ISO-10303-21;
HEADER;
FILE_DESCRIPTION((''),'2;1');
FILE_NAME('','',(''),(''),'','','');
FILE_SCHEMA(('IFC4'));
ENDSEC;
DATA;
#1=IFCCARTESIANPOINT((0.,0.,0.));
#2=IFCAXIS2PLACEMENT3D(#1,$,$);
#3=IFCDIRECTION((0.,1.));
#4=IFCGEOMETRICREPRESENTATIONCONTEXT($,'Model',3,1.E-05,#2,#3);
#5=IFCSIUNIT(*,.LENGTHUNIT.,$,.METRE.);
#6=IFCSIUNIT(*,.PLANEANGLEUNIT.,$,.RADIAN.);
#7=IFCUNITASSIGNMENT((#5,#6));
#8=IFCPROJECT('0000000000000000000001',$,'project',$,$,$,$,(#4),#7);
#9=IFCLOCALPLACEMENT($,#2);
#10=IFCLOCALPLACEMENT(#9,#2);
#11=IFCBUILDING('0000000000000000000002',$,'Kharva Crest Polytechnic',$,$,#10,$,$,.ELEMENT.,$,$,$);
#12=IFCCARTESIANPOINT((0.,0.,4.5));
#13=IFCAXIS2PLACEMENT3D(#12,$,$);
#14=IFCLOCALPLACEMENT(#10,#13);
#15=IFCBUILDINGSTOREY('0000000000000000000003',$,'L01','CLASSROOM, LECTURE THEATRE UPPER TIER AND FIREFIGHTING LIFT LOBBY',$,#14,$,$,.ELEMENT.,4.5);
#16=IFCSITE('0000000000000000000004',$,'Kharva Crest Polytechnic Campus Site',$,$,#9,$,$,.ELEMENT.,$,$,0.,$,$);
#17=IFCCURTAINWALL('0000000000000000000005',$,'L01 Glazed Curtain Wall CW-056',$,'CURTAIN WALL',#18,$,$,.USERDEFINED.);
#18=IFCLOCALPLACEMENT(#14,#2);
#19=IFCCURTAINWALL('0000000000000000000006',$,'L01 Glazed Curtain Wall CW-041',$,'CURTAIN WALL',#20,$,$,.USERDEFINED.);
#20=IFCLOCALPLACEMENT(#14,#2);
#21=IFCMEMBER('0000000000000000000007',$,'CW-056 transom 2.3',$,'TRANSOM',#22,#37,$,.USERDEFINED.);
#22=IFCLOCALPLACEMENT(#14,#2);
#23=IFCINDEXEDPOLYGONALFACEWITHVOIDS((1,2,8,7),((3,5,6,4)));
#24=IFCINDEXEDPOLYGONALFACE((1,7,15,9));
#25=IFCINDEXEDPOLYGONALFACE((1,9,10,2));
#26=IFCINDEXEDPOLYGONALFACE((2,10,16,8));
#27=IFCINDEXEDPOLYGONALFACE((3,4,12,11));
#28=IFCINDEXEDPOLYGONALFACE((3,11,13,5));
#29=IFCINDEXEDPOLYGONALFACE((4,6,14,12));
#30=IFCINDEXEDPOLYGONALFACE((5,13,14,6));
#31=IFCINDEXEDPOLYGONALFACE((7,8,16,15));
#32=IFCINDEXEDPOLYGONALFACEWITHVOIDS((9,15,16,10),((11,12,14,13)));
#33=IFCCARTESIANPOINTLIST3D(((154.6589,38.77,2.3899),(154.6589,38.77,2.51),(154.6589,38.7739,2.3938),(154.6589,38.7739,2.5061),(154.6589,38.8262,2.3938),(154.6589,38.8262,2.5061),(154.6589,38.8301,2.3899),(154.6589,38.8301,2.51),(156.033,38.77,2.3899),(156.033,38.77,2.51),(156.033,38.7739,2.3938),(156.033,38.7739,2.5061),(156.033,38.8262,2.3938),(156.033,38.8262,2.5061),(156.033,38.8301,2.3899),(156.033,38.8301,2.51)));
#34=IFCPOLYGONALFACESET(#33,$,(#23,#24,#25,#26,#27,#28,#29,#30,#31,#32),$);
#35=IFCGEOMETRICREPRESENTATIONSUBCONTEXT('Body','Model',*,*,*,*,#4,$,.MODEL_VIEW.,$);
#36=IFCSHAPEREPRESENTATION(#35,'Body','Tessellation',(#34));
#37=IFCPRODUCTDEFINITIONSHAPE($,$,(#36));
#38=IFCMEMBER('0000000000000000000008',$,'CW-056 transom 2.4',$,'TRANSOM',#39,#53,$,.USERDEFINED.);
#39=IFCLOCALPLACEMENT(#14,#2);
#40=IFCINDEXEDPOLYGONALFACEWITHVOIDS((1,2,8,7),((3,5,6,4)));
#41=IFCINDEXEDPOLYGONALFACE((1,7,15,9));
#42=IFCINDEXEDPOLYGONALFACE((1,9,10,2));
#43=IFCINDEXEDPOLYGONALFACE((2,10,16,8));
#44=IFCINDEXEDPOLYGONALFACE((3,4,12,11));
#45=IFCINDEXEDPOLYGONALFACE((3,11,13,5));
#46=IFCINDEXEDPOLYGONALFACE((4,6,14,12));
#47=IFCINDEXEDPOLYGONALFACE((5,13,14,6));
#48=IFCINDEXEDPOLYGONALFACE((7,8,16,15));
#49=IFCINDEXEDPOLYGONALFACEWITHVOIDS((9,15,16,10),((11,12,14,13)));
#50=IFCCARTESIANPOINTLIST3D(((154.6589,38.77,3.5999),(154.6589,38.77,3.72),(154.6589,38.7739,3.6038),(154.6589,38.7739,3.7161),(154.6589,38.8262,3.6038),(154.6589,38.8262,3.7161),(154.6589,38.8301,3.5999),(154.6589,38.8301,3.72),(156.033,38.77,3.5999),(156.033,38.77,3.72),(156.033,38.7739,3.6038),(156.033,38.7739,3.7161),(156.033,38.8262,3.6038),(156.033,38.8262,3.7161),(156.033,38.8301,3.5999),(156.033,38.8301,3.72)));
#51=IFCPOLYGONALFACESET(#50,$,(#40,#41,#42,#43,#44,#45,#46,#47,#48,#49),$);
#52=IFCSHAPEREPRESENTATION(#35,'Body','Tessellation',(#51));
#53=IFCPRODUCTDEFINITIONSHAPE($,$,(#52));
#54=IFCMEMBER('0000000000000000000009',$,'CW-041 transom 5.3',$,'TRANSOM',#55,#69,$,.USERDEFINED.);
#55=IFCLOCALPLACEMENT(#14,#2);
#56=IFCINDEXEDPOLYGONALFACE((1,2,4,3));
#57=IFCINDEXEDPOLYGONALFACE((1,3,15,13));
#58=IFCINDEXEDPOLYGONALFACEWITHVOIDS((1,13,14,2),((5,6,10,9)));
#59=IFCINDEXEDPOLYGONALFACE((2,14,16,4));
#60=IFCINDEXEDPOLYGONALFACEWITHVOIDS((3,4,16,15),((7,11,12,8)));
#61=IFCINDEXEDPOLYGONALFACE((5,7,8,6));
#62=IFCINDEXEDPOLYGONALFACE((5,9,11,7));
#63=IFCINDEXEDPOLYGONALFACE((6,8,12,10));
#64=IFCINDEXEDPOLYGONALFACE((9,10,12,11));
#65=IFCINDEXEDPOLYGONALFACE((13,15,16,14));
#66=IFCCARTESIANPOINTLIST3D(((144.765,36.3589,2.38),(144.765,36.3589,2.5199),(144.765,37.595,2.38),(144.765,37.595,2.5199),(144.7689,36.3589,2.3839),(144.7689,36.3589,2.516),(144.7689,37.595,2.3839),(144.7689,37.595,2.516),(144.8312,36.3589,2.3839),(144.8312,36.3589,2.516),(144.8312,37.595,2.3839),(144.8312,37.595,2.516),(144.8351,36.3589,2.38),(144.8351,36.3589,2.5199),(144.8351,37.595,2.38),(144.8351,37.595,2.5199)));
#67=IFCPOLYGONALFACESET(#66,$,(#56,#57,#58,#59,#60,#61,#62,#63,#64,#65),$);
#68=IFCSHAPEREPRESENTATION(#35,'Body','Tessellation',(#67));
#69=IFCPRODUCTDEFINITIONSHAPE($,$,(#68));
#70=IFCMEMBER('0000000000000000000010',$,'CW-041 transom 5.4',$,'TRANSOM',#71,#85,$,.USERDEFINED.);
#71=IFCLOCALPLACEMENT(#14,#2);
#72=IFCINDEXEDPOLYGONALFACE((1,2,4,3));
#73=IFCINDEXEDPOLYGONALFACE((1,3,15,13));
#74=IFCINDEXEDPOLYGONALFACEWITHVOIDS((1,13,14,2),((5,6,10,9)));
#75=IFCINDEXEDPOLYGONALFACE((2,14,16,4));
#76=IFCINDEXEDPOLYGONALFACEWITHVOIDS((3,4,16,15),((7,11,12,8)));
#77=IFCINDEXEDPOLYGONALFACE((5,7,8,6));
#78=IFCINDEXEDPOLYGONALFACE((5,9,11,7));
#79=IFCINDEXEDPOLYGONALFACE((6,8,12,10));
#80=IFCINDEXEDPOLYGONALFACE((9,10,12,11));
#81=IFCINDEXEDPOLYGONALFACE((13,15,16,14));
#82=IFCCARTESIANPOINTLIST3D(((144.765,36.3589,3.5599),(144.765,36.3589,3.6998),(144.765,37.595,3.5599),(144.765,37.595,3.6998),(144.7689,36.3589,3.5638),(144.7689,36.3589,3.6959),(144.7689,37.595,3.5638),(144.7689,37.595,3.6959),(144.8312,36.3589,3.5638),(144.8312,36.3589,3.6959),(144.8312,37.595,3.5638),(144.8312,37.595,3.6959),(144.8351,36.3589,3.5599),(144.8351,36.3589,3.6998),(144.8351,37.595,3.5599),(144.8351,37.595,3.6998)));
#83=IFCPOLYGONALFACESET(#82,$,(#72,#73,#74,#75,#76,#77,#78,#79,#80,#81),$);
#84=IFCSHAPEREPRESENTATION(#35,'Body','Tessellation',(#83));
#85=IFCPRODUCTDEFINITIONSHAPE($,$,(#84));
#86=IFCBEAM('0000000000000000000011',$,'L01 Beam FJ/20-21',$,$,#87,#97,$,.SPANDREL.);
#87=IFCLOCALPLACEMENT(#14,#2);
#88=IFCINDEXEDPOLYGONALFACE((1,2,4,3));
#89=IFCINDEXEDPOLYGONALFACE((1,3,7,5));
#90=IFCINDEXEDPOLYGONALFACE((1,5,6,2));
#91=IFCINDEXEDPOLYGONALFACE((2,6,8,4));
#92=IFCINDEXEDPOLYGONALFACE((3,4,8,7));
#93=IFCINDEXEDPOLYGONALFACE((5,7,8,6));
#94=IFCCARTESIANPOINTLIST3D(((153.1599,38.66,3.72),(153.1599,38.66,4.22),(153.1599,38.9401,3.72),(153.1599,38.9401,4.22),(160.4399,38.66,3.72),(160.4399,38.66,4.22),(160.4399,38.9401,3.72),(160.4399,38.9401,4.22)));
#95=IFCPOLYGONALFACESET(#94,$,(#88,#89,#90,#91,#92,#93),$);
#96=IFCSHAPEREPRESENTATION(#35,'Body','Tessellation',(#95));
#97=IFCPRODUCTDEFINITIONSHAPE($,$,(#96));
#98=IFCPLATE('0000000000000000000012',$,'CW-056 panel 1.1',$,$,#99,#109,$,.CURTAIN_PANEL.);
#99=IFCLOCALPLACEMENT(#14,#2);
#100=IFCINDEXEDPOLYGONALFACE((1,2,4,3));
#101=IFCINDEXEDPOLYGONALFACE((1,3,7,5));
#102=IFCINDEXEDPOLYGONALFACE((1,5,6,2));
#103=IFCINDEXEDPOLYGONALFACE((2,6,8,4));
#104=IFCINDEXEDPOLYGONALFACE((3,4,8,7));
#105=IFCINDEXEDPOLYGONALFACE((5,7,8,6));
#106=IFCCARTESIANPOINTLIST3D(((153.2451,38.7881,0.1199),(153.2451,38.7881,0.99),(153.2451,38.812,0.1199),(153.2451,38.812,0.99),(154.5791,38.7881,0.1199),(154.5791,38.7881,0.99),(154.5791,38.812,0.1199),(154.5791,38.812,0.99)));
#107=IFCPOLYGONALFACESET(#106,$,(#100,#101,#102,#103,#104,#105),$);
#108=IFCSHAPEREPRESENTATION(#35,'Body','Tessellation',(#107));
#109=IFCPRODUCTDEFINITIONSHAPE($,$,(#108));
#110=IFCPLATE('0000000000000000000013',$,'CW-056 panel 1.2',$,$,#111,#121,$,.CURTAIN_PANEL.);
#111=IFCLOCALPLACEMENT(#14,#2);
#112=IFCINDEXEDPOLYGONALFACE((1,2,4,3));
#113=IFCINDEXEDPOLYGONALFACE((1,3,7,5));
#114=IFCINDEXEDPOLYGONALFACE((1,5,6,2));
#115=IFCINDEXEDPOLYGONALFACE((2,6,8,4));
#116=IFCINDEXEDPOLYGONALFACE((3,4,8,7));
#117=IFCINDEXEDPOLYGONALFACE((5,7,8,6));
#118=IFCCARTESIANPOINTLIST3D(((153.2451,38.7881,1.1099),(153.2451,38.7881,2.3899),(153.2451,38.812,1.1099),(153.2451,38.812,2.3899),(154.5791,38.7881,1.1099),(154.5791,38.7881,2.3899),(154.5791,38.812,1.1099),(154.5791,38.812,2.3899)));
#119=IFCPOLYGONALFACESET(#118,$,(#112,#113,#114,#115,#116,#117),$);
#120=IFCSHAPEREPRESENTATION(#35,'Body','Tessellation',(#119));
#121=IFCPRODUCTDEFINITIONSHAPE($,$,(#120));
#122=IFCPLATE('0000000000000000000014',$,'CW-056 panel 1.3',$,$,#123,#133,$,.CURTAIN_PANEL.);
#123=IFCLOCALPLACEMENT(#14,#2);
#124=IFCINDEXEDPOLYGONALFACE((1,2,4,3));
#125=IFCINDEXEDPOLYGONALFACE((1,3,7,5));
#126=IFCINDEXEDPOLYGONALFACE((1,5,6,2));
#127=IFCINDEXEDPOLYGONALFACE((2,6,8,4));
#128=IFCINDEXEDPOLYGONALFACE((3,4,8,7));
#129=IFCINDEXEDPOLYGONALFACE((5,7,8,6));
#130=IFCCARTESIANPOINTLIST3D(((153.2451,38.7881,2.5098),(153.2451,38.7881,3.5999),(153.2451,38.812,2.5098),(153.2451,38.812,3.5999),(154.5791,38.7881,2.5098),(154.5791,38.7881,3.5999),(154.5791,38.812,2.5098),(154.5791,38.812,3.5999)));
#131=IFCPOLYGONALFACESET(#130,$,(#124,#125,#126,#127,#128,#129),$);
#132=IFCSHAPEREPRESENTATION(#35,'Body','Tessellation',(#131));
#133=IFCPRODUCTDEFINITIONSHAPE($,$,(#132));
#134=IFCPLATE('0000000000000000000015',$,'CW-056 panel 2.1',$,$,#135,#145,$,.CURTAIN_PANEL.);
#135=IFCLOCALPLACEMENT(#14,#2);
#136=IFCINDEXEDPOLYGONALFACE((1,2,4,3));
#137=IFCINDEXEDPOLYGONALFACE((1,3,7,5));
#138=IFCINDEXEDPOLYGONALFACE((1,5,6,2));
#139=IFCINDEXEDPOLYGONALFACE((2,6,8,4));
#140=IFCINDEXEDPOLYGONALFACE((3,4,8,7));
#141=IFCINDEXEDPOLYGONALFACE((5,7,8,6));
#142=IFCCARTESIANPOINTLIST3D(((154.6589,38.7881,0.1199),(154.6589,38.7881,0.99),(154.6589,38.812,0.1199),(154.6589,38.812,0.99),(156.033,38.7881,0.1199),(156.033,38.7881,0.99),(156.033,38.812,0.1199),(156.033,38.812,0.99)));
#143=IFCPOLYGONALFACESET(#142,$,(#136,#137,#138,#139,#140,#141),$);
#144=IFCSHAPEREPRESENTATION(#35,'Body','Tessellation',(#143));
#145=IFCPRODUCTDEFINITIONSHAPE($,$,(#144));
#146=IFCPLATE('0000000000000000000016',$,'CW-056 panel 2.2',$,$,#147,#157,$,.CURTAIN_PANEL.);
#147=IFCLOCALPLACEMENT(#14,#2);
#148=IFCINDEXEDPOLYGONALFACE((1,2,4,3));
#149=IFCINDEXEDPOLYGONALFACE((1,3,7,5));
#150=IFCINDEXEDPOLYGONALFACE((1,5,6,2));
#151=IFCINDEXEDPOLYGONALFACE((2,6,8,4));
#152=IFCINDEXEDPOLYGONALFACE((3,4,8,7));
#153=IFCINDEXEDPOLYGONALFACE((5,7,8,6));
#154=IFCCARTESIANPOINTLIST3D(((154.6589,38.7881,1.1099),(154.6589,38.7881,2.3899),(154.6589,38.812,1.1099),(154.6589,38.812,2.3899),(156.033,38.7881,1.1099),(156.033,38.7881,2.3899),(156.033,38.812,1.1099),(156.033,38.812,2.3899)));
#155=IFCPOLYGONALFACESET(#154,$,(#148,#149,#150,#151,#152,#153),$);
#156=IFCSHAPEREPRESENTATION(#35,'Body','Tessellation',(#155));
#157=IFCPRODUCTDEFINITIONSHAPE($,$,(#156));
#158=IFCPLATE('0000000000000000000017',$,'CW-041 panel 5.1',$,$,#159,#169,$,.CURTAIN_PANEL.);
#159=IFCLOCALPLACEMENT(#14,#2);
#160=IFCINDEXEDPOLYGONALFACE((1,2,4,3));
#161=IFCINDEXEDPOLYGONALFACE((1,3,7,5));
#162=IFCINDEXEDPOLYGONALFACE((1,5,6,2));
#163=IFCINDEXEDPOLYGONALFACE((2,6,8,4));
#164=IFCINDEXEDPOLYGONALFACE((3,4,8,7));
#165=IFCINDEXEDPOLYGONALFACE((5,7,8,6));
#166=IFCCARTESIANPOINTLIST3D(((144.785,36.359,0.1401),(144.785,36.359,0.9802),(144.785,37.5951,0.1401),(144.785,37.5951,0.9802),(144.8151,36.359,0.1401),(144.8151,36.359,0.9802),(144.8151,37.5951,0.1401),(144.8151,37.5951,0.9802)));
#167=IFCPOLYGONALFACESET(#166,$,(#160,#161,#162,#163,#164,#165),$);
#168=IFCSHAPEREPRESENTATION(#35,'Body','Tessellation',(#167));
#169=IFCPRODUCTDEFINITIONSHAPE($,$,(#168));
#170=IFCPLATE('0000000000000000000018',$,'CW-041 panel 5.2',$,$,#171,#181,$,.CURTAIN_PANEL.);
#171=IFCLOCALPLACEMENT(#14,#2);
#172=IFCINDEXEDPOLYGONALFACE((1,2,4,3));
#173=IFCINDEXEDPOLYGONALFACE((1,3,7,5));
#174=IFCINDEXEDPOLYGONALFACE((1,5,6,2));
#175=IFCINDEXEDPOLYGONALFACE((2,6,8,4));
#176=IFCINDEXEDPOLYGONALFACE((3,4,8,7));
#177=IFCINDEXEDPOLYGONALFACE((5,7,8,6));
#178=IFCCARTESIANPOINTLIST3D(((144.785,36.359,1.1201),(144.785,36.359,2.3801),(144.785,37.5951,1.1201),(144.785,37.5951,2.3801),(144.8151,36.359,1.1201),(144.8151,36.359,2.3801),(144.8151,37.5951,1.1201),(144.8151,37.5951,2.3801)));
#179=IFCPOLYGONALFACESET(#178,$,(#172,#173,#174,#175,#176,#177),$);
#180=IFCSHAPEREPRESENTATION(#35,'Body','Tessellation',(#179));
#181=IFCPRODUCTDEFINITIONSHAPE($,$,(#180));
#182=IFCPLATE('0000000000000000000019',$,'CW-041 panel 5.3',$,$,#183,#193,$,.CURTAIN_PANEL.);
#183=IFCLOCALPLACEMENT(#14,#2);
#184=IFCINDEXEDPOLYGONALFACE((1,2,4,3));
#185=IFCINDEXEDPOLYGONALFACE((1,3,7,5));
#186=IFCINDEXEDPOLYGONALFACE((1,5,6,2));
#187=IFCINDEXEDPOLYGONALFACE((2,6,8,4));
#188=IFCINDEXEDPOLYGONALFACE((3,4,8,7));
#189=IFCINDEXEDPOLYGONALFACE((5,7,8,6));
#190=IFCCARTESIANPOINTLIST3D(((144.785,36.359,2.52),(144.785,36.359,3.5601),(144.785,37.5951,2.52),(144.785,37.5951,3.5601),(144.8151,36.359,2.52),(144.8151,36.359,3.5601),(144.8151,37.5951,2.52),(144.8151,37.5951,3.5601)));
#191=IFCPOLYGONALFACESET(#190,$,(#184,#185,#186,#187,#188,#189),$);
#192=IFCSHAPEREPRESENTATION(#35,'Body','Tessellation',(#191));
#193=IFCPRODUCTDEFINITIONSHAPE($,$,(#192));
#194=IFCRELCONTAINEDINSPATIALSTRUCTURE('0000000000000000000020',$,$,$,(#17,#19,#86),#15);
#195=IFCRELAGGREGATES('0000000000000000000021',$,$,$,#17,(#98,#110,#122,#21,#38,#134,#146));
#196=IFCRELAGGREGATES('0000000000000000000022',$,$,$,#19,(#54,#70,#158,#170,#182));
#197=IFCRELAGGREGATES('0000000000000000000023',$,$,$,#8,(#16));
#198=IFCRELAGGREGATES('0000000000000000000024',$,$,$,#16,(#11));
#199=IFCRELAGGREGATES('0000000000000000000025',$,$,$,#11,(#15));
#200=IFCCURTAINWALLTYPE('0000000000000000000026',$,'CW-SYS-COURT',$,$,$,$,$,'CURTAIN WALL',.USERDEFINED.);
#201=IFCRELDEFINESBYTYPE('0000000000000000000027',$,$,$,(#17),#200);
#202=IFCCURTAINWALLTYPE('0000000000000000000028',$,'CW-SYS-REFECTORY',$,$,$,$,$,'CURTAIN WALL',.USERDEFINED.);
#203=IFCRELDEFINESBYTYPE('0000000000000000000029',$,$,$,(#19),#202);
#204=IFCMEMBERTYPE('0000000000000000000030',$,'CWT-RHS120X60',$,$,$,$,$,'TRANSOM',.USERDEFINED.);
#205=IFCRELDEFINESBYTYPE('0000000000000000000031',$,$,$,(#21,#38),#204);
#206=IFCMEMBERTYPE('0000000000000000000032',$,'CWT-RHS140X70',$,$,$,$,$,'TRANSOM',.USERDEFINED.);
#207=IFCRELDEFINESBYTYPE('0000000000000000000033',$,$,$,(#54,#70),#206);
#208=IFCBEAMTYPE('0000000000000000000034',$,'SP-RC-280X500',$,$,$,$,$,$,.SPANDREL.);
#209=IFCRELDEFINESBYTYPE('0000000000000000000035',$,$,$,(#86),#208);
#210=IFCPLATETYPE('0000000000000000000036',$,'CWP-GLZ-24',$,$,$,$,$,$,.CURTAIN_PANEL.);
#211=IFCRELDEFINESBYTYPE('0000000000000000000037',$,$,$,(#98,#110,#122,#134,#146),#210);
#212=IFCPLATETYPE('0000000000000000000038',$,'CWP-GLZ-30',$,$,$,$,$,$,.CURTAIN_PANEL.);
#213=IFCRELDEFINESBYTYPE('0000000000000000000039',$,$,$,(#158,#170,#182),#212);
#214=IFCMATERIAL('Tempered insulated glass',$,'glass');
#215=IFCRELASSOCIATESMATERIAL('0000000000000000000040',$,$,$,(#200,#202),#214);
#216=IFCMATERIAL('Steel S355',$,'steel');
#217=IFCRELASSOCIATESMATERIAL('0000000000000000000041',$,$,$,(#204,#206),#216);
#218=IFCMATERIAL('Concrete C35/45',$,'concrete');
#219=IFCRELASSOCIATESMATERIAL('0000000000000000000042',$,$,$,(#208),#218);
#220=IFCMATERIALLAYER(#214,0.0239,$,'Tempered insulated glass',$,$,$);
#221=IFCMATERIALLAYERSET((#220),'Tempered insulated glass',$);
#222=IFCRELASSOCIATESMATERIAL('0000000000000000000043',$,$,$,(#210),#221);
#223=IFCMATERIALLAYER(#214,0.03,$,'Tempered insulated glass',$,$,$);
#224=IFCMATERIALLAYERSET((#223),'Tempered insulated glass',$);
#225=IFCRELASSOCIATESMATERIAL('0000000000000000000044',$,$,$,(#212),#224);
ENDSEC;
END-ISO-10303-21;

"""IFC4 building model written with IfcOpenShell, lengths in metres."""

from ifc_helpers import new_model, si_unit, direction, frame, origin, origin_2d, place, context, subcontext, project, spatial, rectangle, hollow_rectangle, extrude, material, layer, layer_set, material_profile, profile_set, type_object, element, aggregate, save


model = new_model("IFC4")

# Units and contexts
model_context = context("Model", 3, precision=1e-05, world=origin(), true_north=direction((0.0, 1.0)))
body_context = subcontext(model_context, "Body", "Model", "MODEL_VIEW")
ifc_project = project(units=[si_unit("LENGTHUNIT", "METRE"), si_unit("PLANEANGLEUNIT", "RADIAN")], contexts=[model_context])

# Site, building, storey
site_placement = place(None, origin())
site = spatial("IfcSite", under=ifc_project, at=site_placement, Name="Kharva Crest Polytechnic Campus Site", CompositionType="ELEMENT", RefElevation=0.0)
building_placement = place(site_placement, origin())
building = spatial("IfcBuilding", under=site, at=building_placement, Name="Kharva Crest Polytechnic", CompositionType="ELEMENT")
storey_placement = place(building_placement, frame((0.0, 0.0, 4.5)))
storey = spatial("IfcBuildingStorey", under=building, at=storey_placement, Name="L01", Description="CLASSROOM, LECTURE THEATRE UPPER TIER AND FIREFIGHTING LIFT LOBBY", CompositionType="ELEMENT", Elevation=4.5)

# Curtain wall
ifc_material_1 = material(Name="Tempered insulated glass", Category="glass")
curtain_wall_type_1 = type_object("IfcCurtainWallType", Name="CW-SYS-COURT", ElementType="CURTAIN WALL", PredefinedType="USERDEFINED", material=ifc_material_1)
curtain_wall_1_placement = place(storey_placement, origin())
curtain_wall_1 = element("IfcCurtainWall", 1, at=curtain_wall_1_placement, inside=storey, type_object=curtain_wall_type_1, Name="L01 Glazed Curtain Wall CW-056", ObjectType="CURTAIN WALL", PredefinedType="USERDEFINED")
ifc_material_2 = material(Name="Steel S355", Category="steel")

# Curtain wall
curtain_wall_type_2 = type_object("IfcCurtainWallType", Name="CW-SYS-REFECTORY", ElementType="CURTAIN WALL", PredefinedType="USERDEFINED", material=ifc_material_1)
curtain_wall_2_placement = place(storey_placement, origin())
curtain_wall_2 = element("IfcCurtainWall", 2, at=curtain_wall_2_placement, inside=storey, type_object=curtain_wall_type_2, Name="L01 Glazed Curtain Wall CW-041", ObjectType="CURTAIN WALL", PredefinedType="USERDEFINED")

# Members
ifc_material_profile_1 = material_profile(ifc_material_2, hollow_rectangle(XDim=0.0601, YDim=0.1201, WallThickness=0.0039, at=origin_2d()), Name="RHS 120X60X4.0")
ifc_profile_set_1 = profile_set([ifc_material_profile_1], Name="Steel S355")
member_type_1 = type_object("IfcMemberType", Name="CWT-RHS120X60", ElementType="TRANSOM", PredefinedType="USERDEFINED", material=ifc_profile_set_1)
member_1_placement = place(storey_placement, frame((154.6589, 38.8, 2.45), z_axis=(1.0, 0.0, 0.0), x_axis=(0.0, 1.0, 0.0)))
member_1 = element("IfcMember", 3, at=member_1_placement, type_object=member_type_1, Name="CW-056 transom 2.3", ObjectType="TRANSOM", PredefinedType="USERDEFINED", context=body_context, shape_type="SweptSolid", body=[
    extrude(hollow_rectangle(XDim=0.0601, YDim=0.1201, WallThickness=0.0039, at=origin_2d()), origin(), (0.0, 0.0, 1.0), 1.374),
])
member_2_placement = place(storey_placement, frame((154.6589, 38.8, 3.6599), z_axis=(1.0, 0.0, 0.0), x_axis=(0.0, 1.0, 0.0)))
member_2 = element("IfcMember", 4, at=member_2_placement, type_object=member_type_1, Name="CW-056 transom 2.4", ObjectType="TRANSOM", PredefinedType="USERDEFINED", context=body_context, shape_type="SweptSolid", body=[
    extrude(hollow_rectangle(XDim=0.0601, YDim=0.1201, WallThickness=0.0039, at=origin_2d()), origin(), (0.0, 0.0, 1.0), 1.374),
])
ifc_material_profile_2 = material_profile(ifc_material_2, hollow_rectangle(XDim=0.0701, YDim=0.1399, WallThickness=0.0039, at=origin_2d()), Name="RHS 140X70X4.0")
ifc_profile_set_2 = profile_set([ifc_material_profile_2], Name="Steel S355")
member_type_2 = type_object("IfcMemberType", Name="CWT-RHS140X70", ElementType="TRANSOM", PredefinedType="USERDEFINED", material=ifc_profile_set_2)
member_3_placement = place(storey_placement, frame((144.8, 36.3589, 2.45), z_axis=(0.0, 1.0, 0.0), x_axis=(-1.0, 0.0, 0.0)))
member_3 = element("IfcMember", 5, at=member_3_placement, type_object=member_type_2, Name="CW-041 transom 5.3", ObjectType="TRANSOM", PredefinedType="USERDEFINED", context=body_context, shape_type="SweptSolid", body=[
    extrude(hollow_rectangle(XDim=0.0701, YDim=0.1399, WallThickness=0.0039, at=origin_2d()), origin(), (0.0, 0.0, 1.0), 1.2361),
])
member_4_placement = place(storey_placement, frame((144.8, 36.3589, 3.6299), z_axis=(0.0, 1.0, 0.0), x_axis=(-1.0, 0.0, 0.0)))
member_4 = element("IfcMember", 6, at=member_4_placement, type_object=member_type_2, Name="CW-041 transom 5.4", ObjectType="TRANSOM", PredefinedType="USERDEFINED", context=body_context, shape_type="SweptSolid", body=[
    extrude(hollow_rectangle(XDim=0.0701, YDim=0.1399, WallThickness=0.0039, at=origin_2d()), origin(), (0.0, 0.0, 1.0), 1.2361),
])

# Beam
ifc_material_3 = material(Name="Concrete C35/45", Category="concrete")
ifc_material_profile_3 = material_profile(ifc_material_3, rectangle(XDim=0.28, YDim=0.5, at=origin_2d()), Name="RECT 280 X 500")
ifc_profile_set_3 = profile_set([ifc_material_profile_3], Name="Concrete C35/45")
beam_type = type_object("IfcBeamType", Name="SP-RC-280X500", PredefinedType="SPANDREL", material=ifc_profile_set_3)
beam_placement = place(storey_placement, frame((153.1599, 38.8, 3.97), z_axis=(1.0, 0.0, 0.0), x_axis=(0.0, 1.0, 0.0)))
element("IfcBeam", 7, at=beam_placement, inside=storey, type_object=beam_type, Name="L01 Beam FJ/20-21", PredefinedType="SPANDREL", context=body_context, shape_type="SweptSolid", body=[
    extrude(rectangle(XDim=0.28, YDim=0.5, at=origin_2d()), origin(), (0.0, 0.0, 1.0), 7.28),
])

# Plates
ifc_layer_1 = layer(ifc_material_1, 0.0239, Name="Tempered insulated glass")
ifc_layer_set_1 = layer_set([ifc_layer_1], Name="Tempered insulated glass")
plate_type_1 = type_object("IfcPlateType", Name="CWP-GLZ-24", PredefinedType="CURTAIN_PANEL", material=ifc_layer_set_1)
plate_1_placement = place(storey_placement, frame((153.9121, 38.8, 0.1199), z_axis=(0.0, 0.0, 1.0), x_axis=(1.0, 0.0, 0.0)))
plate_1 = element("IfcPlate", 8, at=plate_1_placement, type_object=plate_type_1, Name="CW-056 panel 1.1", PredefinedType="CURTAIN_PANEL", context=body_context, shape_type="SweptSolid", body=[
    extrude(rectangle(XDim=1.334, YDim=0.0239, at=origin_2d()), origin(), (0.0, 0.0, 1.0), 0.8701),
])
plate_2_placement = place(storey_placement, frame((153.9121, 38.8, 1.1099), z_axis=(0.0, 0.0, 1.0), x_axis=(1.0, 0.0, 0.0)))
plate_2 = element("IfcPlate", 9, at=plate_2_placement, type_object=plate_type_1, Name="CW-056 panel 1.2", PredefinedType="CURTAIN_PANEL", context=body_context, shape_type="SweptSolid", body=[
    extrude(rectangle(XDim=1.334, YDim=0.0239, at=origin_2d()), origin(), (0.0, 0.0, 1.0), 1.28),
])
plate_3_placement = place(storey_placement, frame((153.9121, 38.8, 2.5098), z_axis=(0.0, 0.0, 1.0), x_axis=(1.0, 0.0, 0.0)))
plate_3 = element("IfcPlate", 10, at=plate_3_placement, type_object=plate_type_1, Name="CW-056 panel 1.3", PredefinedType="CURTAIN_PANEL", context=body_context, shape_type="SweptSolid", body=[
    extrude(rectangle(XDim=1.334, YDim=0.0239, at=origin_2d()), origin(), (0.0, 0.0, 1.0), 1.0901),
])
plate_4_placement = place(storey_placement, frame((155.3459, 38.8, 0.1199), z_axis=(0.0, 0.0, 1.0), x_axis=(1.0, 0.0, 0.0)))
plate_4 = element("IfcPlate", 11, at=plate_4_placement, type_object=plate_type_1, Name="CW-056 panel 2.1", PredefinedType="CURTAIN_PANEL", context=body_context, shape_type="SweptSolid", body=[
    extrude(rectangle(XDim=1.374, YDim=0.0239, at=origin_2d()), origin(), (0.0, 0.0, 1.0), 0.8701),
])
plate_5_placement = place(storey_placement, frame((155.3459, 38.8, 1.1099), z_axis=(0.0, 0.0, 1.0), x_axis=(1.0, 0.0, 0.0)))
plate_5 = element("IfcPlate", 12, at=plate_5_placement, type_object=plate_type_1, Name="CW-056 panel 2.2", PredefinedType="CURTAIN_PANEL", context=body_context, shape_type="SweptSolid", body=[
    extrude(rectangle(XDim=1.374, YDim=0.0239, at=origin_2d()), origin(), (0.0, 0.0, 1.0), 1.28),
])
aggregate(curtain_wall_1, [plate_1, plate_2, plate_3, member_1, member_2, plate_4, plate_5])
ifc_layer_2 = layer(ifc_material_1, 0.03, Name="Tempered insulated glass")
ifc_layer_set_2 = layer_set([ifc_layer_2], Name="Tempered insulated glass")
plate_type_2 = type_object("IfcPlateType", Name="CWP-GLZ-30", PredefinedType="CURTAIN_PANEL", material=ifc_layer_set_2)
plate_6_placement = place(storey_placement, frame((144.8, 36.9771, 0.1401), z_axis=(0.0, 0.0, 1.0), x_axis=(0.0, 1.0, 0.0)))
plate_6 = element("IfcPlate", 13, at=plate_6_placement, type_object=plate_type_2, Name="CW-041 panel 5.1", PredefinedType="CURTAIN_PANEL", context=body_context, shape_type="SweptSolid", body=[
    extrude(rectangle(XDim=1.2361, YDim=0.03, at=origin_2d()), origin(), (0.0, 0.0, 1.0), 0.8401),
])
plate_7_placement = place(storey_placement, frame((144.8, 36.9771, 1.1201), z_axis=(0.0, 0.0, 1.0), x_axis=(0.0, 1.0, 0.0)))
plate_7 = element("IfcPlate", 14, at=plate_7_placement, type_object=plate_type_2, Name="CW-041 panel 5.2", PredefinedType="CURTAIN_PANEL", context=body_context, shape_type="SweptSolid", body=[
    extrude(rectangle(XDim=1.2361, YDim=0.03, at=origin_2d()), origin(), (0.0, 0.0, 1.0), 1.26),
])
plate_8_placement = place(storey_placement, frame((144.8, 36.9771, 2.52), z_axis=(0.0, 0.0, 1.0), x_axis=(0.0, 1.0, 0.0)))
plate_8 = element("IfcPlate", 15, at=plate_8_placement, type_object=plate_type_2, Name="CW-041 panel 5.3", PredefinedType="CURTAIN_PANEL", context=body_context, shape_type="SweptSolid", body=[
    extrude(rectangle(XDim=1.2361, YDim=0.03, at=origin_2d()), origin(), (0.0, 0.0, 1.0), 1.04),
])
aggregate(curtain_wall_2, [member_3, member_4, plate_6, plate_7, plate_8])

save(model, "model.ifc")
